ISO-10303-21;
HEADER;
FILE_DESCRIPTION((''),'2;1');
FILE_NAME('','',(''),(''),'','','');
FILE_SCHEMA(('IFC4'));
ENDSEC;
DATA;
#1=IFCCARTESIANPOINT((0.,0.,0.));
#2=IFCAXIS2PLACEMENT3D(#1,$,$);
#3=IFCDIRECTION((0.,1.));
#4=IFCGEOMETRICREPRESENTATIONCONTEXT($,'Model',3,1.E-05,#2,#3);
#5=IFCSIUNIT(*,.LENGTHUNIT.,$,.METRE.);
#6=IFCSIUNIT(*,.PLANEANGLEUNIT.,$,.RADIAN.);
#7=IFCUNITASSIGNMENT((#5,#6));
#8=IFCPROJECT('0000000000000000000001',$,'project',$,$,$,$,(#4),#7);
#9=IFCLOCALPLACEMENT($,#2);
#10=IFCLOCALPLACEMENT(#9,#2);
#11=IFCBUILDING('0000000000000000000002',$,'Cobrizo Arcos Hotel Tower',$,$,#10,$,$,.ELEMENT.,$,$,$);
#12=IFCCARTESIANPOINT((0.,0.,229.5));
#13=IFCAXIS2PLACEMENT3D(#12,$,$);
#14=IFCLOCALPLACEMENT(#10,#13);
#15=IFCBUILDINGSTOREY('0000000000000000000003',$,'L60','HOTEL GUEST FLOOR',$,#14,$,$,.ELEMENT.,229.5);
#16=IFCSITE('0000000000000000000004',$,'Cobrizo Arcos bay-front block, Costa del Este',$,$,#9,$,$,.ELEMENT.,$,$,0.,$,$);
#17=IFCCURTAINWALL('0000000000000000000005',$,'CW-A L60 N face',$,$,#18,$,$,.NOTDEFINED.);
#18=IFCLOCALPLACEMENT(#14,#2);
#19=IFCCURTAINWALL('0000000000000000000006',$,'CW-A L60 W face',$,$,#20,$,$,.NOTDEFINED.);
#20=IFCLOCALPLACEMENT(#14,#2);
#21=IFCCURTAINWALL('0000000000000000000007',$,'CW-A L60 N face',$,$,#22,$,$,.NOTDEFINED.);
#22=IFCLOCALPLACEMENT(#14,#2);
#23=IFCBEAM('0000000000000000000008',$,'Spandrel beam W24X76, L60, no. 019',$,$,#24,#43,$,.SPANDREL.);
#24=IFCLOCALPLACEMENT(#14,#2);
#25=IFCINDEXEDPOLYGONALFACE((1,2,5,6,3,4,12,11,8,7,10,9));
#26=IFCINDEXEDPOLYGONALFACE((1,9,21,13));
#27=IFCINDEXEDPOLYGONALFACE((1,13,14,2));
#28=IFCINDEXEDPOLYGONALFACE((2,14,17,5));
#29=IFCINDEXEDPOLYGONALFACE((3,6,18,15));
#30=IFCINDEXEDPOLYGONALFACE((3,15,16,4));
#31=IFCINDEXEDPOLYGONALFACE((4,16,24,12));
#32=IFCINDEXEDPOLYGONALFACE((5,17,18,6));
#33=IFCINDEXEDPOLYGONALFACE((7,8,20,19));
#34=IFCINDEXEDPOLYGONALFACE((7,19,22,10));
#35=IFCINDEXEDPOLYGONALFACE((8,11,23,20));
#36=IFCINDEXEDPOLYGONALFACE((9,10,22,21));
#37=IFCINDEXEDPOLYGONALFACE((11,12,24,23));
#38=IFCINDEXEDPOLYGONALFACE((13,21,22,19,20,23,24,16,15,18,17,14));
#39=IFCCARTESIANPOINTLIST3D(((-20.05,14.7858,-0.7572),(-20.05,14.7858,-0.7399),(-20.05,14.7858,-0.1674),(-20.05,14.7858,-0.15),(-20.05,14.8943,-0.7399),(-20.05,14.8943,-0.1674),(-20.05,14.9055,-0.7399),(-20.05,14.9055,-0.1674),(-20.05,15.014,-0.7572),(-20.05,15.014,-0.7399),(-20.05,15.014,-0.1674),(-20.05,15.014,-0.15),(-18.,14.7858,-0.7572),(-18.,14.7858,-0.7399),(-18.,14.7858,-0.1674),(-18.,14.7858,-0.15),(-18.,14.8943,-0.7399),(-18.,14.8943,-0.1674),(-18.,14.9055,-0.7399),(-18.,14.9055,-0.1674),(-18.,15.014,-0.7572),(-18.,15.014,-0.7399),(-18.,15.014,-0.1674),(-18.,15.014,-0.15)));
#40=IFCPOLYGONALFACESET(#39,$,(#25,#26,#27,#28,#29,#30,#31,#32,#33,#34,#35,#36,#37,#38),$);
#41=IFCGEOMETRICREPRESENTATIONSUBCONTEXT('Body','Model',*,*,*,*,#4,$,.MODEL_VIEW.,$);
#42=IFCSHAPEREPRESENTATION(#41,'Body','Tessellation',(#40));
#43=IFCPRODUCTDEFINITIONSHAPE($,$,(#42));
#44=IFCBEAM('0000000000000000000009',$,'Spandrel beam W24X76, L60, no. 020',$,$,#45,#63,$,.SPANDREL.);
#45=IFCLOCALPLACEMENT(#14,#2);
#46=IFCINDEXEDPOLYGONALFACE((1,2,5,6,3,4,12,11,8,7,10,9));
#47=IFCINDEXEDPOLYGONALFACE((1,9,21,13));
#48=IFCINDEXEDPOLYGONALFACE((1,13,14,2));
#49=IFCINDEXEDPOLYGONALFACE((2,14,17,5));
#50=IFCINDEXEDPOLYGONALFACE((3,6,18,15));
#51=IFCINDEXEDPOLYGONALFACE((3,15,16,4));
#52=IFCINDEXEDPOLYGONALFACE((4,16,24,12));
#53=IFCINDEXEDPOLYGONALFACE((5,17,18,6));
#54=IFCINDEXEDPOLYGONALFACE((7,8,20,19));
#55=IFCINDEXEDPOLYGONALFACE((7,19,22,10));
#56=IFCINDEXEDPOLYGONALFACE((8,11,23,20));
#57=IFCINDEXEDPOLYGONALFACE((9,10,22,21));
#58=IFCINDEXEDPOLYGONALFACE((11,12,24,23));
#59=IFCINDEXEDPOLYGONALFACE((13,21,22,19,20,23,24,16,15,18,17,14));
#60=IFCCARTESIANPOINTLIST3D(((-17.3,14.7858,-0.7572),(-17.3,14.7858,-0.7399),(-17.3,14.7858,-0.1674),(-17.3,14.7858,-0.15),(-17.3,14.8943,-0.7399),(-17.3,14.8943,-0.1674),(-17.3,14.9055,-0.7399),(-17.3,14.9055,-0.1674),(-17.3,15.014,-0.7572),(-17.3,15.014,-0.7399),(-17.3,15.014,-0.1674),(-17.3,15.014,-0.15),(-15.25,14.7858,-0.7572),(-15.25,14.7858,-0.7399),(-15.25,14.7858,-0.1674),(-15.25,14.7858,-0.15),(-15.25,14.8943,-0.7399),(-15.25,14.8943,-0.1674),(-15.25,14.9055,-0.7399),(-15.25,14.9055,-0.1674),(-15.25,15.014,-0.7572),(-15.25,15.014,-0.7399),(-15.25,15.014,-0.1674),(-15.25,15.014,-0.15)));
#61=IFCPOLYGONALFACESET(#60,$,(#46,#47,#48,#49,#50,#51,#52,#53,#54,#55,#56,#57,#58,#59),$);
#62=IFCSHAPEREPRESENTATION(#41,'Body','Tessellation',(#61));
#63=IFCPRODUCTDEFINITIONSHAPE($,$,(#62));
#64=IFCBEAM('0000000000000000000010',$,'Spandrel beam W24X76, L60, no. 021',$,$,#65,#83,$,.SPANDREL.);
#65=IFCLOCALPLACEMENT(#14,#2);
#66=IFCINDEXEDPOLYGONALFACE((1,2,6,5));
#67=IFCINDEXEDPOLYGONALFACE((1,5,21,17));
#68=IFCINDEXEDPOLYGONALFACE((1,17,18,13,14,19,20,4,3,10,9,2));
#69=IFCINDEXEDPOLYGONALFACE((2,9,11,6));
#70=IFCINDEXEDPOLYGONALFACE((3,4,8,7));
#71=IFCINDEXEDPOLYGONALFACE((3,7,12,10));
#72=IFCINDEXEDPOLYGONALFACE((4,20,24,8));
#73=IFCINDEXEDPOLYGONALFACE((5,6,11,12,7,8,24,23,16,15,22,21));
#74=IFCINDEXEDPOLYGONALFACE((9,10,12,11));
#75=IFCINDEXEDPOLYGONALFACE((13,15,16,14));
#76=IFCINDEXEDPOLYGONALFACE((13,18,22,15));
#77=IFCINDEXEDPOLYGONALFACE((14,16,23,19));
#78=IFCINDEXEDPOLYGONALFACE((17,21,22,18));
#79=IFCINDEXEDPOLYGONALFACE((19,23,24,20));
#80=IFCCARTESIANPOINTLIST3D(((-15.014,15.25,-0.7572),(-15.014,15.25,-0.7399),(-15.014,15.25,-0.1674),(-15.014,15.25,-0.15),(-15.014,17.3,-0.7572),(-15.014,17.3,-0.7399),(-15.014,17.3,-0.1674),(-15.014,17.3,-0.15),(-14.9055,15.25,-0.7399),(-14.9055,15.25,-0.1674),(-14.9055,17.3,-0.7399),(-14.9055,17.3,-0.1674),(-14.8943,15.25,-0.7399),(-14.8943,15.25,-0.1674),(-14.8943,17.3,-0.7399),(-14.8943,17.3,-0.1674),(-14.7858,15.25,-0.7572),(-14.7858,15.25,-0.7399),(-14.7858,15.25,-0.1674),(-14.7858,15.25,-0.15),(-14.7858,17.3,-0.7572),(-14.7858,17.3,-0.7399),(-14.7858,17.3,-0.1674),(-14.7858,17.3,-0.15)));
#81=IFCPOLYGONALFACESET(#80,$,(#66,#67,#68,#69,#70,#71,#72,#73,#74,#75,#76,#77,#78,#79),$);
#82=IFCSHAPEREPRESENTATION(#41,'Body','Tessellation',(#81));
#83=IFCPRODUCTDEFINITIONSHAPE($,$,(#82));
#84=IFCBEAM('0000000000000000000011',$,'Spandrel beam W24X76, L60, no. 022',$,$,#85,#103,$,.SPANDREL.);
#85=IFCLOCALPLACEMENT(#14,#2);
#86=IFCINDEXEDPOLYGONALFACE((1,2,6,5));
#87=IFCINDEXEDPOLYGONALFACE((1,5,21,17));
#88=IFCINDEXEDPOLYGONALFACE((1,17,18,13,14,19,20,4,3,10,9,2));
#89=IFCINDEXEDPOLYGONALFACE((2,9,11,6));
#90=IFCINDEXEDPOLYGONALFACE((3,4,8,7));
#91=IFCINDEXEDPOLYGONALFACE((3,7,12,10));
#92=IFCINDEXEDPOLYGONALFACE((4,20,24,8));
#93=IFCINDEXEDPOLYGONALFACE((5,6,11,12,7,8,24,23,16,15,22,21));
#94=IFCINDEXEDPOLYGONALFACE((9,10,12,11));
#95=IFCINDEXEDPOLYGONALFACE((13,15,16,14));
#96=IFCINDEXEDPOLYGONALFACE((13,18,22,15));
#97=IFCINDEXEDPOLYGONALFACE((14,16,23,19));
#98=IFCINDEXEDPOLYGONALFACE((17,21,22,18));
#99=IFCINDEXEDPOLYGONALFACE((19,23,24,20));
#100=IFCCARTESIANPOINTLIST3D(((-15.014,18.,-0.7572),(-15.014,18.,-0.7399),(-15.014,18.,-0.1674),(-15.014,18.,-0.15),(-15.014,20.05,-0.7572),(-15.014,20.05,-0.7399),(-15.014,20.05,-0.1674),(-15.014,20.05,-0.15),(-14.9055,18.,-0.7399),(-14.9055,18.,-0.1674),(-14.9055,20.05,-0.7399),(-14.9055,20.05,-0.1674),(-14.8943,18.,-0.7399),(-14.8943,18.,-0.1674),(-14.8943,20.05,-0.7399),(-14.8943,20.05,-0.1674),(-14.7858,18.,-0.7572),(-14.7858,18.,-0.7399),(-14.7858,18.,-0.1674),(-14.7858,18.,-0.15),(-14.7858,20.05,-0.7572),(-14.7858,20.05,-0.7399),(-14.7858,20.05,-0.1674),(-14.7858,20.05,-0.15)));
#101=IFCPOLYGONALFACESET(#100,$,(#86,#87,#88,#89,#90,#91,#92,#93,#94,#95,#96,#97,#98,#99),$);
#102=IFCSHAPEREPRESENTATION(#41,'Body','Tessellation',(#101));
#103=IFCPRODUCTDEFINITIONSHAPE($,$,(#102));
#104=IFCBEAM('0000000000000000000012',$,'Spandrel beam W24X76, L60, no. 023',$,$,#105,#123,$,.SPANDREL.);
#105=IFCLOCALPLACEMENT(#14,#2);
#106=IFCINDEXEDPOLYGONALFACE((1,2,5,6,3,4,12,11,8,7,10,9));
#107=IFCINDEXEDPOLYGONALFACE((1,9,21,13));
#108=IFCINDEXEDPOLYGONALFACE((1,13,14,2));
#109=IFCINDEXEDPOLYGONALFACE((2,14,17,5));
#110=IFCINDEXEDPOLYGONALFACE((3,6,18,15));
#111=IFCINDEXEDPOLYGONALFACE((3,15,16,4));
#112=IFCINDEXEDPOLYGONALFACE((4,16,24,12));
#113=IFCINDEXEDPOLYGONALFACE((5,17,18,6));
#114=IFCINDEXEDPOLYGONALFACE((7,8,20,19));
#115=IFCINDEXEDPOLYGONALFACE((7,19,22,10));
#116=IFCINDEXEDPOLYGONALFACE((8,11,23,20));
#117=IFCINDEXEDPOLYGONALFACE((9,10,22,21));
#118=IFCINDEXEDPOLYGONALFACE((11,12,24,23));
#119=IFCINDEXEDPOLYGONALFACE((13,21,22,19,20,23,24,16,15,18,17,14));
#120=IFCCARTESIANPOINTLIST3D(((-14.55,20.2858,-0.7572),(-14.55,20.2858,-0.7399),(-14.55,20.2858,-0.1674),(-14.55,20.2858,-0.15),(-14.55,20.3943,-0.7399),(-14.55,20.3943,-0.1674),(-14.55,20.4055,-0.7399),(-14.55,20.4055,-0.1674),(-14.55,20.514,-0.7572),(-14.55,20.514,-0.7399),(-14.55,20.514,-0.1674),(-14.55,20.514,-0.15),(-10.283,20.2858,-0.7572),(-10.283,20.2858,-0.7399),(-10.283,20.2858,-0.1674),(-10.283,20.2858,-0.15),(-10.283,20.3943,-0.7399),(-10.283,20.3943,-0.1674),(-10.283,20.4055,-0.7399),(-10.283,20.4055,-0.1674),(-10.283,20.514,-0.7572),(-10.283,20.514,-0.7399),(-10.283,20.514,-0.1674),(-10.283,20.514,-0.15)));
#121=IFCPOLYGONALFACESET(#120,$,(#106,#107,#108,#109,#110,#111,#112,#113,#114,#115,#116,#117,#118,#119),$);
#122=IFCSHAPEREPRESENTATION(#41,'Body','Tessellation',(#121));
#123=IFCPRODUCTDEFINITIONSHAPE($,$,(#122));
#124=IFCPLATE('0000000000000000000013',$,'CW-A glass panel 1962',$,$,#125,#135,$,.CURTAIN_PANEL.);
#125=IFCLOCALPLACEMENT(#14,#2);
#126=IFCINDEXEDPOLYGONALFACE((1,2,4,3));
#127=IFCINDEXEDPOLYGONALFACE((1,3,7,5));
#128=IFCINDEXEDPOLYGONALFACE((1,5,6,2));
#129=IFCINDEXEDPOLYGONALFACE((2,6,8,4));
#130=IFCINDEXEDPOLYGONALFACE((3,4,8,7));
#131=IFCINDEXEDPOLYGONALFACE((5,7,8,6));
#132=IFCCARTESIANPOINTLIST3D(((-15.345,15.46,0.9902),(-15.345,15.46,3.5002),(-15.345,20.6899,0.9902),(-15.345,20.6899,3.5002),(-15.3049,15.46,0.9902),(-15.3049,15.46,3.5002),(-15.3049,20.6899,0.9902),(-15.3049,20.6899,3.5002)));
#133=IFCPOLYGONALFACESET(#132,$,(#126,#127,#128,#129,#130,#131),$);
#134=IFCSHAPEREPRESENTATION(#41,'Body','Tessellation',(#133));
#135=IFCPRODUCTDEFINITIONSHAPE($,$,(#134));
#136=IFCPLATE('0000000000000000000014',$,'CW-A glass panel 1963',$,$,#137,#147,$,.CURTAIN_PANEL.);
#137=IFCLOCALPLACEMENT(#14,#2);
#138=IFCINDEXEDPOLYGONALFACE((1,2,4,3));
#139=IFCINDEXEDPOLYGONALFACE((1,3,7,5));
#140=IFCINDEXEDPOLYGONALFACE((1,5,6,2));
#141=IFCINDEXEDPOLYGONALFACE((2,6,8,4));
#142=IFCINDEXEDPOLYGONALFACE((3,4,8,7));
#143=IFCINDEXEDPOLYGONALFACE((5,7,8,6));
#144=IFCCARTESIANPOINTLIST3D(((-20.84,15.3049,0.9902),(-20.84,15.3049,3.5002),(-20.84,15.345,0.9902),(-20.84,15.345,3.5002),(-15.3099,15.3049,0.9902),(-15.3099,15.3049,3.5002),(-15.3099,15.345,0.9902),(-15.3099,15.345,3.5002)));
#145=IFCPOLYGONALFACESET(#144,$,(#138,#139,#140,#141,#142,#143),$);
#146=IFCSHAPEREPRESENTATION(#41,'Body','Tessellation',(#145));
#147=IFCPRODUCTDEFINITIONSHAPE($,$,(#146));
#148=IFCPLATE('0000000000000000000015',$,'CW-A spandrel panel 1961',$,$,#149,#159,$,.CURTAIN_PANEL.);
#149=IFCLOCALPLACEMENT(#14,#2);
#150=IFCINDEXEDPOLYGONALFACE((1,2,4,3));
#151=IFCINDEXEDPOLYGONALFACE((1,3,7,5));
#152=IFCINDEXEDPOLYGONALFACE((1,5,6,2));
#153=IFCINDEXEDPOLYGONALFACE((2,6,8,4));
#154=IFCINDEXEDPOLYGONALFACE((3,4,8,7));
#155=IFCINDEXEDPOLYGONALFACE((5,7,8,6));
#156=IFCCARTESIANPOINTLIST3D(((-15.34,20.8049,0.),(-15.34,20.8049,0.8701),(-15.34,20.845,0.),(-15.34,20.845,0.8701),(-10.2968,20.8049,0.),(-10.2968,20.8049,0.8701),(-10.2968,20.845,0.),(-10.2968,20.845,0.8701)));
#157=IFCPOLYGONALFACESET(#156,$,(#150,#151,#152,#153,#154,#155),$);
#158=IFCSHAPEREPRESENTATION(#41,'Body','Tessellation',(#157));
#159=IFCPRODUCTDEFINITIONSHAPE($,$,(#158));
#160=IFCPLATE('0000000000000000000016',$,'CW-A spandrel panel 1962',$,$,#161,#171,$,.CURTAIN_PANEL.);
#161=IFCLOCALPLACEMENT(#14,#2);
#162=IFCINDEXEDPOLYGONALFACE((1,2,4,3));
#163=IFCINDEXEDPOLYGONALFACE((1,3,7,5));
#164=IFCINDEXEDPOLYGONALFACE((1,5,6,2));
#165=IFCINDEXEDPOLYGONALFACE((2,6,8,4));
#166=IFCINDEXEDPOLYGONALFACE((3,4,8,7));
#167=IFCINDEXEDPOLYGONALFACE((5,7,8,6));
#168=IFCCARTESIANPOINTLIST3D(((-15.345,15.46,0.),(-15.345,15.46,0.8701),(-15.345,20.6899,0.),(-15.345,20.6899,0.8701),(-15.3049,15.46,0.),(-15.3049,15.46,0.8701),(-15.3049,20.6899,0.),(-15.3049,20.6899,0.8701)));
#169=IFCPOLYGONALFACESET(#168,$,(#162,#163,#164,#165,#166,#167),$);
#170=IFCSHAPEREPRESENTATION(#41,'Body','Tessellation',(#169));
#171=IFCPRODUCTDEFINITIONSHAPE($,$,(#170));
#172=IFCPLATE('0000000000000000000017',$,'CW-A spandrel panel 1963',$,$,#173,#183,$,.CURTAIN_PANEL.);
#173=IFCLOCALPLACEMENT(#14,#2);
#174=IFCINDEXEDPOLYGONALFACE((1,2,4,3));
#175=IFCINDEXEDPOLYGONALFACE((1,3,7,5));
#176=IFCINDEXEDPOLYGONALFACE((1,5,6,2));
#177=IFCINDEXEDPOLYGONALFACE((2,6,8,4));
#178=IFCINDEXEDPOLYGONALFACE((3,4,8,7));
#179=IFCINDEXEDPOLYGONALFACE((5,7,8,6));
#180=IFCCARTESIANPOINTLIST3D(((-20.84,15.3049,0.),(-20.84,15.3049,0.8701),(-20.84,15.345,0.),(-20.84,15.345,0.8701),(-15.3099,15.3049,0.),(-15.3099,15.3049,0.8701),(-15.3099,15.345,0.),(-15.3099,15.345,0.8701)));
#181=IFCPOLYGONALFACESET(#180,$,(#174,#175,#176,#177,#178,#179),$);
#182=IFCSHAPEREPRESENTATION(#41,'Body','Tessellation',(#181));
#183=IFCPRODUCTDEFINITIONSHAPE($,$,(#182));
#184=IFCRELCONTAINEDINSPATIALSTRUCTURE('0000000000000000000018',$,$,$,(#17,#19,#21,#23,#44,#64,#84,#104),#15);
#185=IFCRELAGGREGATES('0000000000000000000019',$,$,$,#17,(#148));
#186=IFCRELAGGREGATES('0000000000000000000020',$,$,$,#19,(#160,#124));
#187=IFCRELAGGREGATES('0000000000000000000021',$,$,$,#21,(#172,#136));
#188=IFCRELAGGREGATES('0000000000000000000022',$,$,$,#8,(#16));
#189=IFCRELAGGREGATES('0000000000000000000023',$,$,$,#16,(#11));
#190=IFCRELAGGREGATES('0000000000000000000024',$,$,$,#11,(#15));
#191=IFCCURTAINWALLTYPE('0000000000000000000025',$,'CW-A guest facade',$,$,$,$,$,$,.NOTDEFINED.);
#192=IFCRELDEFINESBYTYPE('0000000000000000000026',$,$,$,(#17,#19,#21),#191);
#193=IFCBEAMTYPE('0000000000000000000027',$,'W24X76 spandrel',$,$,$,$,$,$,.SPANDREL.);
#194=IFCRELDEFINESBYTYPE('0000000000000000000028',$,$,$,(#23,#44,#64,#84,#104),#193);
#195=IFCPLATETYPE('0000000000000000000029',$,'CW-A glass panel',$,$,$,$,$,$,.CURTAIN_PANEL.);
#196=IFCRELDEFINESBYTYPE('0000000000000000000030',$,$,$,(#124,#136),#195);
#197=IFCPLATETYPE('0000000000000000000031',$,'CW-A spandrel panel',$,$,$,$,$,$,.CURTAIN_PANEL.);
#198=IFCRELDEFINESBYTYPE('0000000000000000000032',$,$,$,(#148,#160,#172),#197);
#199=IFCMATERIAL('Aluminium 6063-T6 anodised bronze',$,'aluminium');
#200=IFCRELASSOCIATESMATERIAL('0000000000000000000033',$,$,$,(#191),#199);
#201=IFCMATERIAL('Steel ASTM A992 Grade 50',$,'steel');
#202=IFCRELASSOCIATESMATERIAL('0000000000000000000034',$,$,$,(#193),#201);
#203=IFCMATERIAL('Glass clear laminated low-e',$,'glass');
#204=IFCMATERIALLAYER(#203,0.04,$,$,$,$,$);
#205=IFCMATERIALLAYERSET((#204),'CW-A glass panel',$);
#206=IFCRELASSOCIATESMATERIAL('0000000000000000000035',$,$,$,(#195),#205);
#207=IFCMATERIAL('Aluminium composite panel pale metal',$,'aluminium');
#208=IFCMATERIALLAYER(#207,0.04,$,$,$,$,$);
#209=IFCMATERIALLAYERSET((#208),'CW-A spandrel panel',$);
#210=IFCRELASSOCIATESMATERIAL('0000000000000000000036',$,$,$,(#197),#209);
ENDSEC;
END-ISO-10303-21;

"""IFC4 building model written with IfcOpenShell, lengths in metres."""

from ifc_helpers import new_model, si_unit, direction, frame, origin, origin_2d, place, context, subcontext, project, spatial, rectangle, i_section, extrude, material, layer, layer_set, material_profile, profile_set, type_object, element, aggregate, save


model = new_model("IFC4")

# Units and contexts
model_context = context("Model", 3, precision=1e-05, world=origin(), true_north=direction((0.0, 1.0)))
body_context = subcontext(model_context, "Body", "Model", "MODEL_VIEW")
ifc_project = project(units=[si_unit("LENGTHUNIT", "METRE"), si_unit("PLANEANGLEUNIT", "RADIAN")], contexts=[model_context])

# Site, building, storey
site_placement = place(None, origin())
site = spatial("IfcSite", under=ifc_project, at=site_placement, Name="Cobrizo Arcos bay-front block, Costa del Este", CompositionType="ELEMENT", RefElevation=0.0)
building_placement = place(site_placement, origin())
building = spatial("IfcBuilding", under=site, at=building_placement, Name="Cobrizo Arcos Hotel Tower", CompositionType="ELEMENT")
storey_placement = place(building_placement, frame((0.0, 0.0, 229.5)))
storey = spatial("IfcBuildingStorey", under=building, at=storey_placement, Name="L60", Description="HOTEL GUEST FLOOR", CompositionType="ELEMENT", Elevation=229.5)

# Curtain wall
ifc_material_1 = material(Name="Aluminium 6063-T6 anodised bronze", Category="aluminium")
curtain_wall_type = type_object("IfcCurtainWallType", Name="CW-A guest facade", PredefinedType="NOTDEFINED", material=ifc_material_1)
curtain_wall_1_placement = place(storey_placement, origin())
curtain_wall_1 = element("IfcCurtainWall", 1, at=curtain_wall_1_placement, inside=storey, type_object=curtain_wall_type, Name="CW-A L60 N face", PredefinedType="NOTDEFINED")

# Curtain walls
curtain_wall_2_placement = place(storey_placement, origin())
curtain_wall_2 = element("IfcCurtainWall", 2, at=curtain_wall_2_placement, inside=storey, type_object=curtain_wall_type, Name="CW-A L60 W face", PredefinedType="NOTDEFINED")
curtain_wall_3_placement = place(storey_placement, origin())
curtain_wall_3 = element("IfcCurtainWall", 3, at=curtain_wall_3_placement, inside=storey, type_object=curtain_wall_type, Name="CW-A L60 N face", PredefinedType="NOTDEFINED")

# Beams
ifc_material_2 = material(Name="Steel ASTM A992 Grade 50", Category="steel")
ifc_material_profile_1 = material_profile(ifc_material_2, i_section(OverallWidth=0.2283, OverallDepth=0.6072, WebThickness=0.0112, FlangeThickness=0.0173, at=origin_2d()), Name="W24X76")
ifc_profile_set_1 = profile_set([ifc_material_profile_1], Name="Steel ASTM A992 Grade 50")
beam_type = type_object("IfcBeamType", Name="W24X76 spandrel", PredefinedType="SPANDREL", material=ifc_profile_set_1)
for number, where, z_axis, x_axis, name in (
    (4, (-20.05, 14.8999, -0.4536), (1.0, 0.0, 0.0), (0.0, 1.0, 0.0), "Spandrel beam W24X76, L60, no. 019"),
    (5, (-17.3, 14.8999, -0.4536), (1.0, 0.0, 0.0), (0.0, 1.0, 0.0), "Spandrel beam W24X76, L60, no. 020"),
    (6, (-14.8999, 15.25, -0.4536), (0.0, 1.0, 0.0), (-1.0, 0.0, 0.0), "Spandrel beam W24X76, L60, no. 021"),
    (7, (-14.8999, 18.0, -0.4536), (0.0, 1.0, 0.0), (-1.0, 0.0, 0.0), "Spandrel beam W24X76, L60, no. 022"),
):
    element("IfcBeam", number, at=place(storey_placement, frame(where, z_axis=z_axis, x_axis=x_axis)), inside=storey, type_object=beam_type, Name=name, PredefinedType="SPANDREL", context=body_context, shape_type="SweptSolid", body=[
        extrude(i_section(OverallWidth=0.2283, OverallDepth=0.6072, WebThickness=0.0112, FlangeThickness=0.0173, at=origin_2d()), origin(), (0.0, 0.0, 1.0), 2.05),
    ])
beam_placement = place(storey_placement, frame((-14.55, 20.3999, -0.4536), z_axis=(1.0, 0.0, 0.0), x_axis=(0.0, 1.0, 0.0)))
element("IfcBeam", 8, at=beam_placement, inside=storey, type_object=beam_type, Name="Spandrel beam W24X76, L60, no. 023", PredefinedType="SPANDREL", context=body_context, shape_type="SweptSolid", body=[
    extrude(i_section(OverallWidth=0.2283, OverallDepth=0.6072, WebThickness=0.0112, FlangeThickness=0.0173, at=origin_2d()), origin(), (0.0, 0.0, 1.0), 4.2671),
])

# Plates
ifc_material_3 = material(Name="Glass clear laminated low-e", Category="glass")
ifc_layer_1 = layer(ifc_material_3, 0.04)
ifc_layer_set_1 = layer_set([ifc_layer_1], Name="CW-A glass panel")
plate_type_1 = type_object("IfcPlateType", Name="CW-A glass panel", PredefinedType="CURTAIN_PANEL", material=ifc_layer_set_1)
plate_1_placement = place(storey_placement, frame((-15.325, 18.075, 0.9902), z_axis=(0.0, 0.0, 1.0), x_axis=(0.0, -1.0, 0.0)))
plate_1 = element("IfcPlate", 9, at=plate_1_placement, type_object=plate_type_1, Name="CW-A glass panel 1962", PredefinedType="CURTAIN_PANEL", context=body_context, shape_type="SweptSolid", body=[
    extrude(rectangle(XDim=5.23, YDim=0.04, at=origin_2d()), origin(), (0.0, 0.0, 1.0), 2.51),
])
plate_2_placement = place(storey_placement, frame((-18.075, 15.325, 0.9902), z_axis=(0.0, 0.0, 1.0), x_axis=(-1.0, 0.0, 0.0)))
plate_2 = element("IfcPlate", 10, at=plate_2_placement, type_object=plate_type_1, Name="CW-A glass panel 1963", PredefinedType="CURTAIN_PANEL", context=body_context, shape_type="SweptSolid", body=[
    extrude(rectangle(XDim=5.53, YDim=0.04, at=origin_2d()), origin(), (0.0, 0.0, 1.0), 2.51),
])
ifc_material_4 = material(Name="Aluminium composite panel pale metal", Category="aluminium")
ifc_layer_2 = layer(ifc_material_4, 0.04)
ifc_layer_set_2 = layer_set([ifc_layer_2], Name="CW-A spandrel panel")
plate_type_2 = type_object("IfcPlateType", Name="CW-A spandrel panel", PredefinedType="CURTAIN_PANEL", material=ifc_layer_set_2)
plate_3_placement = place(storey_placement, frame((-12.8184, 20.825, 0.0), z_axis=(0.0, 0.0, 1.0), x_axis=(-1.0, 0.0, 0.0)))
plate_3 = element("IfcPlate", 11, at=plate_3_placement, type_object=plate_type_2, Name="CW-A spandrel panel 1961", PredefinedType="CURTAIN_PANEL", context=body_context, shape_type="SweptSolid", body=[
    extrude(rectangle(XDim=5.0432, YDim=0.04, at=origin_2d()), origin(), (0.0, 0.0, 1.0), 0.8701),
])
aggregate(curtain_wall_1, [plate_3])
plate_4_placement = place(storey_placement, frame((-15.325, 18.075, 0.0), z_axis=(0.0, 0.0, 1.0), x_axis=(0.0, -1.0, 0.0)))
plate_4 = element("IfcPlate", 12, at=plate_4_placement, type_object=plate_type_2, Name="CW-A spandrel panel 1962", PredefinedType="CURTAIN_PANEL", context=body_context, shape_type="SweptSolid", body=[
    extrude(rectangle(XDim=5.23, YDim=0.04, at=origin_2d()), origin(), (0.0, 0.0, 1.0), 0.8701),
])
aggregate(curtain_wall_2, [plate_4, plate_1])
plate_5_placement = place(storey_placement, frame((-18.075, 15.325, 0.0), z_axis=(0.0, 0.0, 1.0), x_axis=(-1.0, 0.0, 0.0)))
plate_5 = element("IfcPlate", 13, at=plate_5_placement, type_object=plate_type_2, Name="CW-A spandrel panel 1963", PredefinedType="CURTAIN_PANEL", context=body_context, shape_type="SweptSolid", body=[
    extrude(rectangle(XDim=5.53, YDim=0.04, at=origin_2d()), origin(), (0.0, 0.0, 1.0), 0.8701),
])
aggregate(curtain_wall_3, [plate_5, plate_2])

save(model, "model.ifc")
